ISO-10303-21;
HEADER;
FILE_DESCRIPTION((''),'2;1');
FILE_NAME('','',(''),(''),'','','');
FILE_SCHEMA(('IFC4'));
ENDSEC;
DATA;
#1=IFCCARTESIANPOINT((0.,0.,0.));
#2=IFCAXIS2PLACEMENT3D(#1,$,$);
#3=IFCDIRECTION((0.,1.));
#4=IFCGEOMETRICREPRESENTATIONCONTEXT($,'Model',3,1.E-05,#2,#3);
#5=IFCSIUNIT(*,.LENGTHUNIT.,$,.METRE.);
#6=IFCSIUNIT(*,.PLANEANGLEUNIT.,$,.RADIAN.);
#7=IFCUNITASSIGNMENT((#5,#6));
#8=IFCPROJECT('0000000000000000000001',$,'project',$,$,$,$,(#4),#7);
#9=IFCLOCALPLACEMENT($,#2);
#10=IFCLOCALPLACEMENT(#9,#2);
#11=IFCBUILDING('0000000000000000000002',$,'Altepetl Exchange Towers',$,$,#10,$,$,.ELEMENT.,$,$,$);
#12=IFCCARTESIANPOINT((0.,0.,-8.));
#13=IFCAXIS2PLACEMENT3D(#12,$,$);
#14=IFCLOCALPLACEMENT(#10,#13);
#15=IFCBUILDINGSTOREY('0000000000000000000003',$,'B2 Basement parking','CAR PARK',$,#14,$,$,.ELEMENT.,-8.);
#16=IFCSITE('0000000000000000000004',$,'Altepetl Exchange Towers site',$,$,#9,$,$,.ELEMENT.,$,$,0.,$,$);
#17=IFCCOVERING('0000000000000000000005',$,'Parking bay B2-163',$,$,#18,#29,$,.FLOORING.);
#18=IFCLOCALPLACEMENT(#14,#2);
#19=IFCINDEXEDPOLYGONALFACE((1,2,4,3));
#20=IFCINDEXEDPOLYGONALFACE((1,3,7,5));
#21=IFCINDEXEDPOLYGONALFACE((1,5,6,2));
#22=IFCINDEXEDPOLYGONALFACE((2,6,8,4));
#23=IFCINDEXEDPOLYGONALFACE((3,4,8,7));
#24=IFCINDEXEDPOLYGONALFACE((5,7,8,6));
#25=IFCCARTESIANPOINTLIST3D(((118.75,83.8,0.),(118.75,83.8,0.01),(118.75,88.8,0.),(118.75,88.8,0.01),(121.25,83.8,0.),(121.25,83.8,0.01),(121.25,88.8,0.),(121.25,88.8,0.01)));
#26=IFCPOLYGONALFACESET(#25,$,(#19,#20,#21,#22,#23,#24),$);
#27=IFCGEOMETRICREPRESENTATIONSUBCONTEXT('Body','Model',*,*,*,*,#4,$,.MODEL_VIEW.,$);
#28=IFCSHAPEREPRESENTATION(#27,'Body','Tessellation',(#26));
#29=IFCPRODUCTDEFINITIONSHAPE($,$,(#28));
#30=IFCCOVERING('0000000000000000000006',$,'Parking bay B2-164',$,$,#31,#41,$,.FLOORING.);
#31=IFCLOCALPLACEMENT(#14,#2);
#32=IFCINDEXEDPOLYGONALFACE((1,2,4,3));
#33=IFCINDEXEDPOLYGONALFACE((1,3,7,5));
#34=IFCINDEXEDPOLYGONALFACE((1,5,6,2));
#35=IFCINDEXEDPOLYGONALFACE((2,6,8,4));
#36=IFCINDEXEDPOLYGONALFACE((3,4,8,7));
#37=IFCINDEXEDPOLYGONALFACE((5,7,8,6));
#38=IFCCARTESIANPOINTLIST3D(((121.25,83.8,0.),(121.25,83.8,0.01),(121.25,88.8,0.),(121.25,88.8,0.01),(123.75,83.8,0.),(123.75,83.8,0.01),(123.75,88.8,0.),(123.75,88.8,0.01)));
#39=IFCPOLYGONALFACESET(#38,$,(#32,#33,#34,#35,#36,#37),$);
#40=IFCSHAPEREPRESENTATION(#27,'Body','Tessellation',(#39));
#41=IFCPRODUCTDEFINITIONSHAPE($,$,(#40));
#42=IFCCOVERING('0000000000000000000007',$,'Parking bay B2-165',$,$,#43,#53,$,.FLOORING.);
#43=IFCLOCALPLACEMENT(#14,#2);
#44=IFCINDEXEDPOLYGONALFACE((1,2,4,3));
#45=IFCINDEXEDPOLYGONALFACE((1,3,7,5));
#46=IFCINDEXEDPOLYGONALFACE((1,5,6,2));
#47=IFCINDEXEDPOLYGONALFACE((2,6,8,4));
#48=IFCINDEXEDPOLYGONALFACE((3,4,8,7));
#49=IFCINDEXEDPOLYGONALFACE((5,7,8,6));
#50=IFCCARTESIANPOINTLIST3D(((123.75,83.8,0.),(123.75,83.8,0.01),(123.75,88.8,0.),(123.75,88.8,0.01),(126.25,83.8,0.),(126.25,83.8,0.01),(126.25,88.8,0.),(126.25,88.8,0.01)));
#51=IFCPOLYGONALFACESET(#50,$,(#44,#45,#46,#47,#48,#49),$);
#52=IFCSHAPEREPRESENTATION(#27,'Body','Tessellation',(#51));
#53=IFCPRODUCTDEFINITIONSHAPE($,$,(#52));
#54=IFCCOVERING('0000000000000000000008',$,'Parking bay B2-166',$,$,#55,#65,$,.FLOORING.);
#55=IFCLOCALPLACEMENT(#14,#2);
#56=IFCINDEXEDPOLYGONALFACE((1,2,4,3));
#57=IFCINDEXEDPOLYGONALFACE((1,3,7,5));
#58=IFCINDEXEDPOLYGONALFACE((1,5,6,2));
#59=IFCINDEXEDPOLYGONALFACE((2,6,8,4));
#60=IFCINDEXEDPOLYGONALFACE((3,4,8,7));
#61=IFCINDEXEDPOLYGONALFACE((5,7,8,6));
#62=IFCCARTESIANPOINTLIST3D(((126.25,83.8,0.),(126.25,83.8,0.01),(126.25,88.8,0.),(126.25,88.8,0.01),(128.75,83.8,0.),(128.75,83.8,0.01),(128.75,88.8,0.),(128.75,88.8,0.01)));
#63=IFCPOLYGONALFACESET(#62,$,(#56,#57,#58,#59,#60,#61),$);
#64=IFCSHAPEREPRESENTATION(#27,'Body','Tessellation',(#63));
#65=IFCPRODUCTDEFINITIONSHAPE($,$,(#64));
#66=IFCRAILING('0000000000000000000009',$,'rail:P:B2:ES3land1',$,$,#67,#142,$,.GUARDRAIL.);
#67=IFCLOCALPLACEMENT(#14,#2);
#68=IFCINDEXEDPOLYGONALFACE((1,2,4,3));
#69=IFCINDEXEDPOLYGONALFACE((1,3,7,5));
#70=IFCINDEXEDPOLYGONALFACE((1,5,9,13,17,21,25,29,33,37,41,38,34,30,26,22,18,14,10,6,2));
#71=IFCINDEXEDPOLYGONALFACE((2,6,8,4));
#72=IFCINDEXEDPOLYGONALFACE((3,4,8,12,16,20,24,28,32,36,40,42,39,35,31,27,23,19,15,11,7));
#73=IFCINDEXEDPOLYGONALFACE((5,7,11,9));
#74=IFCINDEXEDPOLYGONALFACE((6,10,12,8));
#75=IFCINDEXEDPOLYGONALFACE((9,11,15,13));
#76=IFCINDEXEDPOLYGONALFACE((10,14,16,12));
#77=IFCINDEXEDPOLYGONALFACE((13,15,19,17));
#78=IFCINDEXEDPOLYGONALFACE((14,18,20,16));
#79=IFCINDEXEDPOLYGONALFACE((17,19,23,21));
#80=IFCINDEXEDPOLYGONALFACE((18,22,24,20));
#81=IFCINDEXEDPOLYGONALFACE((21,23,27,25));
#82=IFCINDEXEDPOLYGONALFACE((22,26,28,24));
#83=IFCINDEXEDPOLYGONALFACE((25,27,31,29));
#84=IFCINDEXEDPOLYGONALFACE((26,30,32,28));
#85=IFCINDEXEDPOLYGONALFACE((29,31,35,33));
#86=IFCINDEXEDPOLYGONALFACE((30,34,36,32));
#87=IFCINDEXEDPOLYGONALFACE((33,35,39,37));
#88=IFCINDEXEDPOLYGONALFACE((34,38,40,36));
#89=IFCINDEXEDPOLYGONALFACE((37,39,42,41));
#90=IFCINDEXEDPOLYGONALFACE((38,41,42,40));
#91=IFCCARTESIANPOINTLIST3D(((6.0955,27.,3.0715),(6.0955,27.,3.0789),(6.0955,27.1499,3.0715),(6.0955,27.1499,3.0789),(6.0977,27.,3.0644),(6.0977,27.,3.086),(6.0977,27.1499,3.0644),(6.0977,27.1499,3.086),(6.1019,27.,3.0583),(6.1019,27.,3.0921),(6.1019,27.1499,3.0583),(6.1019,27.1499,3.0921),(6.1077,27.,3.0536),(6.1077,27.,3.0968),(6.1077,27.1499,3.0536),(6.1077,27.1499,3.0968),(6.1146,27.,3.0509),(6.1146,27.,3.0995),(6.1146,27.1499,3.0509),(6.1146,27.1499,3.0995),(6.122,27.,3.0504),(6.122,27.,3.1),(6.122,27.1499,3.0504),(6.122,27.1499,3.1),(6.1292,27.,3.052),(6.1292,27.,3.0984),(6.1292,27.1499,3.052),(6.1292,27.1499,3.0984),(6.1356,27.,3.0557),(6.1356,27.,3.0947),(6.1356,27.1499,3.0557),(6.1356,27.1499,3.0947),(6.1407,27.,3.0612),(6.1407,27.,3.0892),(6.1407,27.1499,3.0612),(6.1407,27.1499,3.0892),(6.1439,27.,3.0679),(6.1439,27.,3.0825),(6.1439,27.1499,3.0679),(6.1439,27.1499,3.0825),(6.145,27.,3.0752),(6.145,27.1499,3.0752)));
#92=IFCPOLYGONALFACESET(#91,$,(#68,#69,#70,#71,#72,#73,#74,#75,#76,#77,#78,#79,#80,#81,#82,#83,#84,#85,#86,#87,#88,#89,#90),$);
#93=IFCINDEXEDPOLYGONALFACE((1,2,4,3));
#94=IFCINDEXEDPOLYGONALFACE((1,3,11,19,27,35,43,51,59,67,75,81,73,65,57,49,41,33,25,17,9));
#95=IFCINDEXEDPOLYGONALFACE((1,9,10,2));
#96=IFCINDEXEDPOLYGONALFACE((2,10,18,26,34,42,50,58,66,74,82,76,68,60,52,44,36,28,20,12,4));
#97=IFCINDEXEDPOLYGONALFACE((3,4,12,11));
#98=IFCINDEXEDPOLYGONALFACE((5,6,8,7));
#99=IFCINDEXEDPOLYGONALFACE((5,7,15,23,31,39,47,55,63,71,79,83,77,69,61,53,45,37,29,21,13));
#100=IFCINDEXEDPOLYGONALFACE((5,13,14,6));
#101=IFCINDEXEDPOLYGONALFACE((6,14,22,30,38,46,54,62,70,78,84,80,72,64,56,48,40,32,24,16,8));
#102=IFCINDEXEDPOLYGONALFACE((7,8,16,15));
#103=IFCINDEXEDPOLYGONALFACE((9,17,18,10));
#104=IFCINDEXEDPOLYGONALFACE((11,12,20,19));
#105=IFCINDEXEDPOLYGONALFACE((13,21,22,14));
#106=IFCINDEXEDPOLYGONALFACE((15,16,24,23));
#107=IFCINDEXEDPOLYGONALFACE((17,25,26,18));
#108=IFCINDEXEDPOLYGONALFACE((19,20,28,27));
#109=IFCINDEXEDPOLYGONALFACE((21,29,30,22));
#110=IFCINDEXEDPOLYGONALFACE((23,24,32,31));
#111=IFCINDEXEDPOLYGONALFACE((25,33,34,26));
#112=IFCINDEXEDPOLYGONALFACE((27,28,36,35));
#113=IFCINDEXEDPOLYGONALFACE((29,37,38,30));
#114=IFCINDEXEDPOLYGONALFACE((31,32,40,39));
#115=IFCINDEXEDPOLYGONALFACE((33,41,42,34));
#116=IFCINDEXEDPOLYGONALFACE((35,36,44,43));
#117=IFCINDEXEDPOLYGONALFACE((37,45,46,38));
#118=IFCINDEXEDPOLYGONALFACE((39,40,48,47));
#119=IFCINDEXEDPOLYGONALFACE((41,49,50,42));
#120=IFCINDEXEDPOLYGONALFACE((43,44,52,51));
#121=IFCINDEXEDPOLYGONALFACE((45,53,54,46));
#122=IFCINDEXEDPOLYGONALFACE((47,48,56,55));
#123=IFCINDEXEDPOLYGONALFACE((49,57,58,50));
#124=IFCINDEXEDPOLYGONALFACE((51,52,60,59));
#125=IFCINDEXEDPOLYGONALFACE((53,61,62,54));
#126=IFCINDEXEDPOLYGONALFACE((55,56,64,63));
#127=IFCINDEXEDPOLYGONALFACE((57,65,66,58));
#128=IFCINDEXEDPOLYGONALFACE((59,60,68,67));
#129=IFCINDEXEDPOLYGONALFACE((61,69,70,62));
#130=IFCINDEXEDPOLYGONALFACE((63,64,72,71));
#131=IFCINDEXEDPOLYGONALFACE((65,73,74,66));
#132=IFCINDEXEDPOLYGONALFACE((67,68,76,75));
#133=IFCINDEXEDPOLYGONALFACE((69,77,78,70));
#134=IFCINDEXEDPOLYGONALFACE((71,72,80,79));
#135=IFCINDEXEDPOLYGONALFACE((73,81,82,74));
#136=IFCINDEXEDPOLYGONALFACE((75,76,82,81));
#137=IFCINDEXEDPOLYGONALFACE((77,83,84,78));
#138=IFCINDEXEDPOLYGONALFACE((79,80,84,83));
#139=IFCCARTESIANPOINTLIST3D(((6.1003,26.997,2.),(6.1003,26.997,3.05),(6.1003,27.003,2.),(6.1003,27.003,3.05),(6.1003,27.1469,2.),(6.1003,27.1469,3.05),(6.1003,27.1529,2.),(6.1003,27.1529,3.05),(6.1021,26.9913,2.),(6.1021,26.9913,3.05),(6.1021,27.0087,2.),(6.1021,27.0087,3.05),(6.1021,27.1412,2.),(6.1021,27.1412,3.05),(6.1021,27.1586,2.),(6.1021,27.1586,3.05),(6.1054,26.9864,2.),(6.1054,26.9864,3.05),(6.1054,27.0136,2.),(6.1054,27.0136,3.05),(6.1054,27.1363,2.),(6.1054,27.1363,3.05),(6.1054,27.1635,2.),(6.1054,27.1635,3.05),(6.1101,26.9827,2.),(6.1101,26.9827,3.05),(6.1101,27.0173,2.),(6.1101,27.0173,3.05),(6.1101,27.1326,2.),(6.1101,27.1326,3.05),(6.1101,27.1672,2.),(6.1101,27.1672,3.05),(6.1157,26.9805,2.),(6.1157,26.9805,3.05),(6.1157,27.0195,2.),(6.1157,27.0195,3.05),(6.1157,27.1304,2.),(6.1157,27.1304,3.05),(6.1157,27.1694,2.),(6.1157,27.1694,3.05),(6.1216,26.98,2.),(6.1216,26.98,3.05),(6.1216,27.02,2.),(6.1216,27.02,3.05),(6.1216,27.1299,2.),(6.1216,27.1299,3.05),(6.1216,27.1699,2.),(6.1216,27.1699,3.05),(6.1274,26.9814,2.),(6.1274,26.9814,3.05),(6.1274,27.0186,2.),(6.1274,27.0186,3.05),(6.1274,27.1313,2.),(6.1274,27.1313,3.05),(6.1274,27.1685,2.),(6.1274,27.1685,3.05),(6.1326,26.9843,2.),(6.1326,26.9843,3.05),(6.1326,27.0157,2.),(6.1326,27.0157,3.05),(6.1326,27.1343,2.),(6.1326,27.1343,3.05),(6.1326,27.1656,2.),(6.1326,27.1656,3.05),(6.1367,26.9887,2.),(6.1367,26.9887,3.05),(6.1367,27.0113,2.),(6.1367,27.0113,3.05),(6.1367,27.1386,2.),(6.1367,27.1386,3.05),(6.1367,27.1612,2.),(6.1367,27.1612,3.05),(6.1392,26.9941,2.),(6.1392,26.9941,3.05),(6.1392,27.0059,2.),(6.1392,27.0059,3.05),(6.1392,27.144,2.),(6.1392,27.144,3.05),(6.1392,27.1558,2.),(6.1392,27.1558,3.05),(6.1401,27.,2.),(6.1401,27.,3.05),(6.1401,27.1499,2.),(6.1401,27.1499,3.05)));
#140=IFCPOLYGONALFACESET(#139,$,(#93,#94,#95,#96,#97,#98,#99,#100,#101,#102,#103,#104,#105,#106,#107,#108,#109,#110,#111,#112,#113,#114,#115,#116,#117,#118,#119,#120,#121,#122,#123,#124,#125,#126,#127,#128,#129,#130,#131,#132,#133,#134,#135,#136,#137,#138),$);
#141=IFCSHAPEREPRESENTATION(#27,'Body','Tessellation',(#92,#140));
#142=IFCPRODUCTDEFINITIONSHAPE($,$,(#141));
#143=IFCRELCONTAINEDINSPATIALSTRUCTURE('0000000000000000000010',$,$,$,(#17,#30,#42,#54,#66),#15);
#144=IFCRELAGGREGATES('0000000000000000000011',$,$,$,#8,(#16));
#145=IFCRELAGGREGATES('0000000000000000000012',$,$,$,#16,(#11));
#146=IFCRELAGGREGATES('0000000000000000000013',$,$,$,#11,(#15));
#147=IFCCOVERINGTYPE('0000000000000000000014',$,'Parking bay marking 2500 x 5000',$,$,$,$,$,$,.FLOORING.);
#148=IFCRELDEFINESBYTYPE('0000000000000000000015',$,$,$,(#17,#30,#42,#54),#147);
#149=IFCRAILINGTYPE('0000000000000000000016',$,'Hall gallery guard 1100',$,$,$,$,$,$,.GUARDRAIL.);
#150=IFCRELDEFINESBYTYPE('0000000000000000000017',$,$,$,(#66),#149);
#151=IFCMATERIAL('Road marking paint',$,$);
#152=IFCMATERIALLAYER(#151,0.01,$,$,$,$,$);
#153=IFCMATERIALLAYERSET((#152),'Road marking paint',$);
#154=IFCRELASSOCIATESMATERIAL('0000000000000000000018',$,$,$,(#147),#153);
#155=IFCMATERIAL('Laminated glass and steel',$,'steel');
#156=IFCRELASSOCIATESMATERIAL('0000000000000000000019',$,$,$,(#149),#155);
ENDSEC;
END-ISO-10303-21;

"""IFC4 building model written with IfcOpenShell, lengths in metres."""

from ifc_helpers import new_model, si_unit, direction, frame, origin, origin_2d, place, context, subcontext, project, spatial, polyline, circle, outline, extrude, source, transform, mapped, material, layer, layer_set, type_object, element, save


model = new_model("IFC4")

# Units and contexts
model_context = context("Model", 3, precision=1e-05, world=origin(), true_north=direction((0.0, 1.0)))
body_context = subcontext(model_context, "Body", "Model", "MODEL_VIEW")
ifc_project = project(units=[si_unit("LENGTHUNIT", "METRE"), si_unit("PLANEANGLEUNIT", "RADIAN")], contexts=[model_context])

# Site, building, storey
site_placement = place(None, origin())
site = spatial("IfcSite", under=ifc_project, at=site_placement, Name="Altepetl Exchange Towers site", CompositionType="ELEMENT", RefElevation=0.0)
building_placement = place(site_placement, origin())
building = spatial("IfcBuilding", under=site, at=building_placement, Name="Altepetl Exchange Towers", CompositionType="ELEMENT")
storey_placement = place(building_placement, frame((0.0, 0.0, -8.0)))
storey = spatial("IfcBuildingStorey", under=building, at=storey_placement, Name="B2 Basement parking", Description="CAR PARK", CompositionType="ELEMENT", Elevation=-8.0)

# Coverings
ifc_material_1 = material(Name="Road marking paint")
ifc_layer_1 = layer(ifc_material_1, 0.01)
ifc_layer_set_1 = layer_set([ifc_layer_1], Name="Road marking paint")
covering_type = type_object("IfcCoveringType", Name="Parking bay marking 2500 x 5000", PredefinedType="FLOORING", material=ifc_layer_set_1)
covering_1_placement = place(storey_placement, origin())
element("IfcCovering", 1, at=covering_1_placement, inside=storey, type_object=covering_type, Name="Parking bay B2-163", PredefinedType="FLOORING", context=body_context, shape_type="SweptSolid", body=[
    extrude(outline(polyline([(118.75, 83.8), (121.25, 83.8), (121.25, 88.8), (118.75, 88.8), (118.75, 83.8)])), origin(), (0.0, 0.0, 1.0), 0.01),
])
covering_2_placement = place(storey_placement, origin())
element("IfcCovering", 2, at=covering_2_placement, inside=storey, type_object=covering_type, Name="Parking bay B2-164", PredefinedType="FLOORING", context=body_context, shape_type="SweptSolid", body=[
    extrude(outline(polyline([(121.25, 83.8), (123.75, 83.8), (123.75, 88.8), (121.25, 88.8), (121.25, 83.8)])), origin(), (0.0, 0.0, 1.0), 0.01),
])
covering_3_placement = place(storey_placement, origin())
element("IfcCovering", 3, at=covering_3_placement, inside=storey, type_object=covering_type, Name="Parking bay B2-165", PredefinedType="FLOORING", context=body_context, shape_type="SweptSolid", body=[
    extrude(outline(polyline([(123.75, 83.8), (126.25, 83.8), (126.25, 88.8), (123.75, 88.8), (123.75, 83.8)])), origin(), (0.0, 0.0, 1.0), 0.01),
])
covering_4_placement = place(storey_placement, origin())
element("IfcCovering", 4, at=covering_4_placement, inside=storey, type_object=covering_type, Name="Parking bay B2-166", PredefinedType="FLOORING", context=body_context, shape_type="SweptSolid", body=[
    extrude(outline(polyline([(126.25, 83.8), (128.75, 83.8), (128.75, 88.8), (126.25, 88.8), (126.25, 83.8)])), origin(), (0.0, 0.0, 1.0), 0.01),
])

# Railing
ifc_material_2 = material(Name="Laminated glass and steel", Category="steel")
railing_type_1 = type_object("IfcRailingType", Name="Hall gallery guard 1100", PredefinedType="GUARDRAIL", material=ifc_material_2)
shared_shape_1 = source(origin(), body_context, "Body", "SweptSolid", [
    extrude(circle(Radius=0.02, at=origin_2d()), origin(), (0.0, 0.0, 1.0), 1.05),
])
railing_1_placement = place(storey_placement, frame((6.1201, 27.1499, 2.0)))
element("IfcRailing", 5, at=railing_1_placement, inside=storey, type_object=railing_type_1, Name="rail:P:B2:ES3land1", PredefinedType="GUARDRAIL", context=body_context, shape_type="SweptSolid", body=[
    extrude(circle(Radius=0.0249, at=origin_2d()), frame((0.0, 0.0, 1.0752), z_axis=(0.0, -1.0, 0.0), x_axis=(1.0, 0.0, 0.0)), (0.0, 0.0, 1.0), 0.1499),
    mapped(shared_shape_1, transform((0.0, 0.0, 0.0))),
    mapped(shared_shape_1, transform((0.0, -0.1499, 0.0))),
])

save(model, "model.ifc")
